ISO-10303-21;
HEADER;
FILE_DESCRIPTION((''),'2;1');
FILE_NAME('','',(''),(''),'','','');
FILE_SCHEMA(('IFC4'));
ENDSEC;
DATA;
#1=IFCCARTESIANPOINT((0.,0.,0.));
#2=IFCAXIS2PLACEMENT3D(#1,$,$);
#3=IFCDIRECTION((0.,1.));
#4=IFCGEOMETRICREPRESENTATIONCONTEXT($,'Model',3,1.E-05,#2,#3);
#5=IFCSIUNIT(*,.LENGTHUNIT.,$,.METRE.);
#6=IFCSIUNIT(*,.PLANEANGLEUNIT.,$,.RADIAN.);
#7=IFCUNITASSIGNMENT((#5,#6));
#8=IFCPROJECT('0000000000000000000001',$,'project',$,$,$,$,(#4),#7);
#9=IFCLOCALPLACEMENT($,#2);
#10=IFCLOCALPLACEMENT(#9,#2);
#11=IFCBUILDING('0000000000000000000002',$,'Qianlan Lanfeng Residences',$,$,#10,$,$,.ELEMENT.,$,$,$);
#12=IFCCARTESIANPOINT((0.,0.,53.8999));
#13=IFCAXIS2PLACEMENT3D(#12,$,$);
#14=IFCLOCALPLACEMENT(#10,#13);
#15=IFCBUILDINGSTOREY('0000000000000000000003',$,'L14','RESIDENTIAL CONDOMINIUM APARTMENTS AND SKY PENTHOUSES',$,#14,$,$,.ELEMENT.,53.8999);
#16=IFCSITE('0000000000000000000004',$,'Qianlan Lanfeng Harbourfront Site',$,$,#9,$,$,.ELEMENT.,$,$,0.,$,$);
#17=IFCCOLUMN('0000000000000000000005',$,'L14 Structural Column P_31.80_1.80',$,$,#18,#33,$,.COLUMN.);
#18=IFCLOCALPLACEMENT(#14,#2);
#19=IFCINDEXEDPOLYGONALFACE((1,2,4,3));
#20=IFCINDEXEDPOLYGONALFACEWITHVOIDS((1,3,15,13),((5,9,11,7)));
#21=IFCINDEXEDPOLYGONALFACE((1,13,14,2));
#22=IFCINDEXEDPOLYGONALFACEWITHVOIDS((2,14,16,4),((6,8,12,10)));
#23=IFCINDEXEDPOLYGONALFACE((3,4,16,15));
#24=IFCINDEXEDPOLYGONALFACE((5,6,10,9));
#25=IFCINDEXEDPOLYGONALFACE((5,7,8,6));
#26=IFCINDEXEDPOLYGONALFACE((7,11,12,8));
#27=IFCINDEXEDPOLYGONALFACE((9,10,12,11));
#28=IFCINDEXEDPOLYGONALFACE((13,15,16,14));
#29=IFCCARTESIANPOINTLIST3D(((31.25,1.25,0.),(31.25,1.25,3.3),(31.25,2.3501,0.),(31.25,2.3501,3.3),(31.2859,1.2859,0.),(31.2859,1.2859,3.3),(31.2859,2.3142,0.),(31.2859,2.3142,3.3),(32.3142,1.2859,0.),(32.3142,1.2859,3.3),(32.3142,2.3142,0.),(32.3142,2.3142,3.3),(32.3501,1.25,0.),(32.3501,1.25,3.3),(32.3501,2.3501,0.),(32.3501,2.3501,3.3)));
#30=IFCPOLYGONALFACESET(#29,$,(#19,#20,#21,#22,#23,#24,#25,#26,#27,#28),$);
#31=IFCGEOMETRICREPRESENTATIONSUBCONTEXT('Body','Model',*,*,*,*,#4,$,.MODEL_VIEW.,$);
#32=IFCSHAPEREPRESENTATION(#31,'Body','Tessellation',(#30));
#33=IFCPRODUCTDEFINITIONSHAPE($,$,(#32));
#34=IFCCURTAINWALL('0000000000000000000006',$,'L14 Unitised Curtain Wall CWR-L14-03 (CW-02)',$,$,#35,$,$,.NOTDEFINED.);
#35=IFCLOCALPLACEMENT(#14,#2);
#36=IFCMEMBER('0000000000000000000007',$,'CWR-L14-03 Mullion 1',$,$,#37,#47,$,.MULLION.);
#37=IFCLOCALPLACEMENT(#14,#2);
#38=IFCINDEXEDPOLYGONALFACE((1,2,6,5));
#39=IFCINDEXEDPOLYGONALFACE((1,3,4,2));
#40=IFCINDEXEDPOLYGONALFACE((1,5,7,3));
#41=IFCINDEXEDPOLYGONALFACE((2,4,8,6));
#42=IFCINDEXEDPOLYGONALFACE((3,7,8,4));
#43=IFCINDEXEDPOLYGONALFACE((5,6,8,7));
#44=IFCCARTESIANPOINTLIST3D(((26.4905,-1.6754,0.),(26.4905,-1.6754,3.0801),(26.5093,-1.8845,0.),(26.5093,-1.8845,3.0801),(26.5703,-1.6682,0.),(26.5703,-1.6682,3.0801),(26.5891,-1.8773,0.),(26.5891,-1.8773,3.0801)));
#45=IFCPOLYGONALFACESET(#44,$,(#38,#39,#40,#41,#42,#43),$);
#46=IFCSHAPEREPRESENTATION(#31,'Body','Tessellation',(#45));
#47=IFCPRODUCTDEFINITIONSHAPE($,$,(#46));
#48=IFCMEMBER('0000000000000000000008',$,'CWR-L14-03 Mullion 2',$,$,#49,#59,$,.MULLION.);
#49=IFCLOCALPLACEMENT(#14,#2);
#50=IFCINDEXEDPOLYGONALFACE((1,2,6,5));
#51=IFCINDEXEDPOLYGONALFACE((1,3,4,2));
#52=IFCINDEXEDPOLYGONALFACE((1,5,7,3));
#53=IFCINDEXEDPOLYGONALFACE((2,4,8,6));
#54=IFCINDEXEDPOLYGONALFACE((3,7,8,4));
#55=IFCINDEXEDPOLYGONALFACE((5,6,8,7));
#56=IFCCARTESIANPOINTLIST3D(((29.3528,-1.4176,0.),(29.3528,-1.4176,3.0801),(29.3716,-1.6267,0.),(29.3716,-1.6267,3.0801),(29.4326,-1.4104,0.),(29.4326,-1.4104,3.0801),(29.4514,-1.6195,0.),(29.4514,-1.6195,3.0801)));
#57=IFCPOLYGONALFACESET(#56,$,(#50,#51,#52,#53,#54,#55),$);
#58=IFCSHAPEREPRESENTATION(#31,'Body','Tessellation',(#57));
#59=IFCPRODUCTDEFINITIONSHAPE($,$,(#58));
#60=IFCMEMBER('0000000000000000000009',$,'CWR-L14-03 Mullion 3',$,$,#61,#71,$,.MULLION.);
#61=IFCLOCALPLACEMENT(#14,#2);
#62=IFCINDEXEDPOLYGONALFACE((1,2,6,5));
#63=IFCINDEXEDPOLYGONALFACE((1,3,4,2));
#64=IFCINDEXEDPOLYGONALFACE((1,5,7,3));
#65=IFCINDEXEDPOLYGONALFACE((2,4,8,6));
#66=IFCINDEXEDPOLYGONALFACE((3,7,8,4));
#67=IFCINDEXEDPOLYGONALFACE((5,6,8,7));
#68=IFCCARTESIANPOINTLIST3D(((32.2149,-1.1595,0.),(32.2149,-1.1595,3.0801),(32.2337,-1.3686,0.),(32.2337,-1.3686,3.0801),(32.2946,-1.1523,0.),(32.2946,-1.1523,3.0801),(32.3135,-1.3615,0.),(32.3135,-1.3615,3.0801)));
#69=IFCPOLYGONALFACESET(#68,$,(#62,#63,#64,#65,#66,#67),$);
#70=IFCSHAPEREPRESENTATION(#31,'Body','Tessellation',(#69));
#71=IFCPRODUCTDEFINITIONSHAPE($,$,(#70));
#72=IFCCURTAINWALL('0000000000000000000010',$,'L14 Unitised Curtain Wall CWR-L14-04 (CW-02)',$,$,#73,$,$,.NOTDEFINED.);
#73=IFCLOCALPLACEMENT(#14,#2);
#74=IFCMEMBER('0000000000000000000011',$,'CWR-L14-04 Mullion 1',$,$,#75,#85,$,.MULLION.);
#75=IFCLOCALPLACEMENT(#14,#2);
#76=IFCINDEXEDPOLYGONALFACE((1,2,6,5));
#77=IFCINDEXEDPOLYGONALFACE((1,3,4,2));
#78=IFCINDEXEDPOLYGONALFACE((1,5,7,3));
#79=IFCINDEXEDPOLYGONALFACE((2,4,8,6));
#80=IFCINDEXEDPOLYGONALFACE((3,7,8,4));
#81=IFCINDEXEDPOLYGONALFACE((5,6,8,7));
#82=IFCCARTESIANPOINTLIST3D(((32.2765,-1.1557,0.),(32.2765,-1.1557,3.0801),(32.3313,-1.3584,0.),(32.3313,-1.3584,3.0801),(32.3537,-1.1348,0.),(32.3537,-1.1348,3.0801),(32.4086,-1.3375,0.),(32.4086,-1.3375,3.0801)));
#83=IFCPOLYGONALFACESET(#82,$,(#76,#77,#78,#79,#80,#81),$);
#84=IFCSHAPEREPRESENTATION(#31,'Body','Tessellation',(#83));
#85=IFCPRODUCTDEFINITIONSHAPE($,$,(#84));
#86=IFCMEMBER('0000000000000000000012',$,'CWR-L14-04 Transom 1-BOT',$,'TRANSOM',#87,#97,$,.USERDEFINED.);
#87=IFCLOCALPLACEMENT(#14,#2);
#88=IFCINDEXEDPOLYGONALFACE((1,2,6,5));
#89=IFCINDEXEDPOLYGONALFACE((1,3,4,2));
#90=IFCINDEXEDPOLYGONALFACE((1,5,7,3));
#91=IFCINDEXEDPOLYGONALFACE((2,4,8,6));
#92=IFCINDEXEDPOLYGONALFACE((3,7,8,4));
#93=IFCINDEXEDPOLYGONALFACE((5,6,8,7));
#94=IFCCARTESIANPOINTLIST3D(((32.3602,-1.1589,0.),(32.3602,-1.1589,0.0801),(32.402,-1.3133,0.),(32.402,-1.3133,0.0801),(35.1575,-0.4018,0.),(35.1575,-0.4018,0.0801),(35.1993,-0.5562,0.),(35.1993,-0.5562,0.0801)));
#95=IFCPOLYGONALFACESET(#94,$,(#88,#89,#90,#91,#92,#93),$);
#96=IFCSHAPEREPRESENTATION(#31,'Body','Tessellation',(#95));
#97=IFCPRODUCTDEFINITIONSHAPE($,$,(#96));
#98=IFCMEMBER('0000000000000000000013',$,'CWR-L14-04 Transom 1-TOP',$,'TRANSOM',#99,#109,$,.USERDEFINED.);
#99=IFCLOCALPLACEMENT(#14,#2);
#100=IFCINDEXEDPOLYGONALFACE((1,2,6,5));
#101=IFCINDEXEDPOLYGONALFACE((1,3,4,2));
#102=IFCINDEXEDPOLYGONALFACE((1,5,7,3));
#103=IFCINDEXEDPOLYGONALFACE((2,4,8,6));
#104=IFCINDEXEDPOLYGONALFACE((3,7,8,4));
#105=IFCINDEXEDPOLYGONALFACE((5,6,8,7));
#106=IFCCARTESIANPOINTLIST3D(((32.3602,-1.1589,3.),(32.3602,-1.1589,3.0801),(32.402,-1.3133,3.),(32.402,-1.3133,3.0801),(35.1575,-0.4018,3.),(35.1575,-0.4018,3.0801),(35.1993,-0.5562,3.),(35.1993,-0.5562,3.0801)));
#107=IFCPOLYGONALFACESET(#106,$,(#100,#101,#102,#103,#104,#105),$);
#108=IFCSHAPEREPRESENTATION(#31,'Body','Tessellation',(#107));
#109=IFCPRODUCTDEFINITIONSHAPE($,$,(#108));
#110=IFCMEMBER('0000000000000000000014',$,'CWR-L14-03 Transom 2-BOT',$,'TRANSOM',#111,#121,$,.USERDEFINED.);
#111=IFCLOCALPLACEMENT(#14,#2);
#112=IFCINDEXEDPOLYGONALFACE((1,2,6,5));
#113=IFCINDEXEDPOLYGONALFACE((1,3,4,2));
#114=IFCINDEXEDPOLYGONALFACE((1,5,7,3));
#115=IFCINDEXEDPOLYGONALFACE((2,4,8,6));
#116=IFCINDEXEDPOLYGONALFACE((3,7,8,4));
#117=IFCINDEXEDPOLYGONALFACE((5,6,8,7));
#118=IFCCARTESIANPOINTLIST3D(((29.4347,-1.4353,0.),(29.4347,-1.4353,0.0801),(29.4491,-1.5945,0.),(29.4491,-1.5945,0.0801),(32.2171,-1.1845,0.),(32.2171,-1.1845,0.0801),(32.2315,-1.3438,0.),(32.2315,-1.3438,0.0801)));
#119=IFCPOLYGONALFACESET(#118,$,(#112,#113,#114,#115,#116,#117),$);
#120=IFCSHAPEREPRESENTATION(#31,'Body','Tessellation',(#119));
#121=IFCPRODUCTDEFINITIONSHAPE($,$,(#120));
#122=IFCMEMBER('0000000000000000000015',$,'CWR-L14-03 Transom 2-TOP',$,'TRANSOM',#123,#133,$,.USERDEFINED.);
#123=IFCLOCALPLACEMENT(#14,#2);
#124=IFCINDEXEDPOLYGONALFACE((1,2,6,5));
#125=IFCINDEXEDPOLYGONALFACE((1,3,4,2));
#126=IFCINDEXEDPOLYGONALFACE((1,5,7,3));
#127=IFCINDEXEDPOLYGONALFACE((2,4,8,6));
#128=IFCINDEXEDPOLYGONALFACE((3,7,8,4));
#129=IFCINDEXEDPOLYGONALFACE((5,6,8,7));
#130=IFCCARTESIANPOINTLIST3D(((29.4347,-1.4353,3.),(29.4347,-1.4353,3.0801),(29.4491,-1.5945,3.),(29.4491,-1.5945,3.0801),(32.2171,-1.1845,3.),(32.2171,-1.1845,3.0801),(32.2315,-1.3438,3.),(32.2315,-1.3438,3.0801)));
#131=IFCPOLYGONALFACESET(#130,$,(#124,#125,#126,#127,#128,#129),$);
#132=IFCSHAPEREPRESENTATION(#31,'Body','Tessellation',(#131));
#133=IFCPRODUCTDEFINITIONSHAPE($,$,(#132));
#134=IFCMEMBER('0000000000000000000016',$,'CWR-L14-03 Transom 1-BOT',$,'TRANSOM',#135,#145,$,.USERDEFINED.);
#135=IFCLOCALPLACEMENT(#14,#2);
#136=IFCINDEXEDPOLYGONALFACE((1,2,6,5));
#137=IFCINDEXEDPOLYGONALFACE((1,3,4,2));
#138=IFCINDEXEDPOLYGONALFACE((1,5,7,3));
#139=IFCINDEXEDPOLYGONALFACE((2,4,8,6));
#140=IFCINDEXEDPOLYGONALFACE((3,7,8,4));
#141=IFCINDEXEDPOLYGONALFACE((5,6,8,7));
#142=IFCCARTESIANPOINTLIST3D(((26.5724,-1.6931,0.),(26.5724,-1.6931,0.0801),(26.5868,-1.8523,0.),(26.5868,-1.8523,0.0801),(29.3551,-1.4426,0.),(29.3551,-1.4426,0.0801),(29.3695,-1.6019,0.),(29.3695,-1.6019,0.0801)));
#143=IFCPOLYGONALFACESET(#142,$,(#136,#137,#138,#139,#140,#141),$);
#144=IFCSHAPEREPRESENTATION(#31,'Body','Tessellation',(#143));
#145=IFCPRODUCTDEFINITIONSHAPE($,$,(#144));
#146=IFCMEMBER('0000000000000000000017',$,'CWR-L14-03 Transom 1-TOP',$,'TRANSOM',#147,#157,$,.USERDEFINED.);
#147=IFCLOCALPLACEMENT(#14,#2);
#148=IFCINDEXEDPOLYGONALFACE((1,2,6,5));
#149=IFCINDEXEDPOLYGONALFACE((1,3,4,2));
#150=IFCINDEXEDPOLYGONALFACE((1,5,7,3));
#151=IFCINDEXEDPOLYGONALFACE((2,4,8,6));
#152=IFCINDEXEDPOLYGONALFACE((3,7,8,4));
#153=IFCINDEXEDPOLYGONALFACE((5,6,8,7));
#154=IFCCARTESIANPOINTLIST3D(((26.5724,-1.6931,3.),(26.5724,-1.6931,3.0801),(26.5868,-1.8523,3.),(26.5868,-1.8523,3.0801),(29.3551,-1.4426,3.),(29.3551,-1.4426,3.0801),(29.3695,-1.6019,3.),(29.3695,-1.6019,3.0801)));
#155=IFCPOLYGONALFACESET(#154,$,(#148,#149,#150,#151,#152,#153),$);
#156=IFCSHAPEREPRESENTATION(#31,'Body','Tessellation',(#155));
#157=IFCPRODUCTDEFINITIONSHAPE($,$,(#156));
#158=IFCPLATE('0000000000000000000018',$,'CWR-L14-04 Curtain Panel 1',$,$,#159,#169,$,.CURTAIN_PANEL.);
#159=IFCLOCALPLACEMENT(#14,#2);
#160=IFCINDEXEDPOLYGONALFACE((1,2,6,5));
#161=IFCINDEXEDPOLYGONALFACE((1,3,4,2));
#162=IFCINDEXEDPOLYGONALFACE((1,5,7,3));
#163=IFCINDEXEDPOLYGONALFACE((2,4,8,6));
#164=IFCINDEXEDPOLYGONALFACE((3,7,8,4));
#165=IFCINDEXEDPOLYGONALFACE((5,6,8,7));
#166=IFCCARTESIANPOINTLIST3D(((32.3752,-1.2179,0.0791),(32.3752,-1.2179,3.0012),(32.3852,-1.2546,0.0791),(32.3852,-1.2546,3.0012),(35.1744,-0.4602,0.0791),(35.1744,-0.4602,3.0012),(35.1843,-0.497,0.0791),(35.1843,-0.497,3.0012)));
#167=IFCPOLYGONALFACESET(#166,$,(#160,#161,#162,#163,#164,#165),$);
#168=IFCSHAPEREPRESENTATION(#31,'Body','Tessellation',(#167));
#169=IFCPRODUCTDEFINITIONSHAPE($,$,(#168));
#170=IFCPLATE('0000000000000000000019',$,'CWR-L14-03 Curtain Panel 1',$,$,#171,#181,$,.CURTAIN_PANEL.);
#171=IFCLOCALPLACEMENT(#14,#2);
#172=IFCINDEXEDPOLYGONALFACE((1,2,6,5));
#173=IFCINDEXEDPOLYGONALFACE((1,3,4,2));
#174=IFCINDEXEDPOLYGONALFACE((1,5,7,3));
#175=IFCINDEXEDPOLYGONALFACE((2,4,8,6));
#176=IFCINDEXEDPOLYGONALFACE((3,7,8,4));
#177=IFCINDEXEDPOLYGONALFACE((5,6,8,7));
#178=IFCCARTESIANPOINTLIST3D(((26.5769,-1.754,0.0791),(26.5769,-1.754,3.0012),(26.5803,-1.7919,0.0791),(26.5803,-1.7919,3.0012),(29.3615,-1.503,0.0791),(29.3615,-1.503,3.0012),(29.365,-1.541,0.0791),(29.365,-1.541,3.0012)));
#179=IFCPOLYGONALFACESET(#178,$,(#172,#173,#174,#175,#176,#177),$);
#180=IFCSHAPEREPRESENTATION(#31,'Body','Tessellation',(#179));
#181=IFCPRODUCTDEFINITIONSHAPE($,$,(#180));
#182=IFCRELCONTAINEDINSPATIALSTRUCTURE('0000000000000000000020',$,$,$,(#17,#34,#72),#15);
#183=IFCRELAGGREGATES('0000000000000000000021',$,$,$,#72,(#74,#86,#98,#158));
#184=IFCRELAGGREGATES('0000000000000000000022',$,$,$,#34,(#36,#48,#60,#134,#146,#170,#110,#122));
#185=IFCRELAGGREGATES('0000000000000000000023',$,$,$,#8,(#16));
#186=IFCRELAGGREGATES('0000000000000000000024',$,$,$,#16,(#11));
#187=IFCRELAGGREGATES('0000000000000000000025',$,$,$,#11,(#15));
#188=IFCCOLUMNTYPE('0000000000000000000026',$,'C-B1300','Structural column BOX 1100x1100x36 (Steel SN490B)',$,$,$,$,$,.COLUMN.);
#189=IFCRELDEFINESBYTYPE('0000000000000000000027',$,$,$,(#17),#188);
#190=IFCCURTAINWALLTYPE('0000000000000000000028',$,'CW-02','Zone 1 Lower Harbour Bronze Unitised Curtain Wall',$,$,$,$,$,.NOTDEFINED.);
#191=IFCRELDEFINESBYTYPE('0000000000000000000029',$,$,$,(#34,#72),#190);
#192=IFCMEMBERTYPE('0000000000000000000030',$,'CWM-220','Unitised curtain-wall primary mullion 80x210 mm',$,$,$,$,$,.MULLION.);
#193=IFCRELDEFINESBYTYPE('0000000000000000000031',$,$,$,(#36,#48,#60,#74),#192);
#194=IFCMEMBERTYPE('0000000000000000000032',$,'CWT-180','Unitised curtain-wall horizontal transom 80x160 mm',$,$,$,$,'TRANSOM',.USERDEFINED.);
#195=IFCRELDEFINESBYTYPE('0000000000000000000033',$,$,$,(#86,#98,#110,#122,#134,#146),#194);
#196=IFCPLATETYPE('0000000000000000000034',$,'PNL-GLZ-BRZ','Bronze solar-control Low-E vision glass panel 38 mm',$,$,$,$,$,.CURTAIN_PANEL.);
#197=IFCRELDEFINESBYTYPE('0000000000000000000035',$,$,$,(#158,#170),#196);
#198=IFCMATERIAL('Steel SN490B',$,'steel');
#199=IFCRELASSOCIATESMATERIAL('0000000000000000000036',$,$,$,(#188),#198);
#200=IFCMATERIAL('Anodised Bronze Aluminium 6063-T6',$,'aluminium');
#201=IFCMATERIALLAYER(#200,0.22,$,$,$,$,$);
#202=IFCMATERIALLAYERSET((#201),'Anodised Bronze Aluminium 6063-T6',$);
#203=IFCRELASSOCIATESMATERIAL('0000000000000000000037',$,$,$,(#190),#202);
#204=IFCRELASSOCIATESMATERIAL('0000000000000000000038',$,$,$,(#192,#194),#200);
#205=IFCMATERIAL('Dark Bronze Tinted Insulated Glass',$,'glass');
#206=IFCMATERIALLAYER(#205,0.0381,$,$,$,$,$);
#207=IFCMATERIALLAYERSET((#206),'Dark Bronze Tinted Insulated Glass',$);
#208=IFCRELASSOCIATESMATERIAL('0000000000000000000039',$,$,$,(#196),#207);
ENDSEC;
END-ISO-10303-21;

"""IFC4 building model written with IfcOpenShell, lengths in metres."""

from ifc_helpers import new_model, si_unit, direction, frame, origin, origin_2d, place, context, subcontext, project, spatial, rectangle, hollow_rectangle, extrude, source, transform, mapped, material, layer, layer_set, material_profile, profile_set, type_object, element, aggregate, save


model = new_model("IFC4")

# Units and contexts
model_context = context("Model", 3, precision=1e-05, world=origin(), true_north=direction((0.0, 1.0)))
body_context = subcontext(model_context, "Body", "Model", "MODEL_VIEW")
ifc_project = project(units=[si_unit("LENGTHUNIT", "METRE"), si_unit("PLANEANGLEUNIT", "RADIAN")], contexts=[model_context])

# Site, building, storey
site_placement = place(None, origin())
site = spatial("IfcSite", under=ifc_project, at=site_placement, Name="Qianlan Lanfeng Harbourfront Site", CompositionType="ELEMENT", RefElevation=0.0)
building_placement = place(site_placement, origin())
building = spatial("IfcBuilding", under=site, at=building_placement, Name="Qianlan Lanfeng Residences", CompositionType="ELEMENT")
storey_placement = place(building_placement, frame((0.0, 0.0, 53.8999)))
storey = spatial("IfcBuildingStorey", under=building, at=storey_placement, Name="L14", Description="RESIDENTIAL CONDOMINIUM APARTMENTS AND SKY PENTHOUSES", CompositionType="ELEMENT", Elevation=53.8999)

# Column
ifc_material_1 = material(Name="Steel SN490B", Category="steel")
ifc_material_profile_1 = material_profile(ifc_material_1, hollow_rectangle(XDim=1.1001, YDim=1.1001, WallThickness=0.0359, at=origin_2d()), Name="BOX 1100x1100x36")
ifc_profile_set_1 = profile_set([ifc_material_profile_1], Name="Steel SN490B")
column_type = type_object("IfcColumnType", Name="C-B1300", Description="Structural column BOX 1100x1100x36 (Steel SN490B)", PredefinedType="COLUMN", material=ifc_profile_set_1)
column_placement = place(storey_placement, frame((31.8, 1.8, 0.0), z_axis=(0.0, 0.0, 1.0), x_axis=(1.0, 0.0, 0.0)))
element("IfcColumn", 1, at=column_placement, inside=storey, type_object=column_type, Name="L14 Structural Column P_31.80_1.80", PredefinedType="COLUMN", context=body_context, shape_type="SweptSolid", body=[
    extrude(hollow_rectangle(XDim=1.1001, YDim=1.1001, WallThickness=0.0359, at=origin_2d()), origin(), (0.0, 0.0, 1.0), 3.3),
])

# Curtain walls, members
ifc_material_2 = material(Name="Anodised Bronze Aluminium 6063-T6", Category="aluminium")
ifc_layer_1 = layer(ifc_material_2, 0.22)
ifc_layer_set_1 = layer_set([ifc_layer_1], Name="Anodised Bronze Aluminium 6063-T6")
curtain_wall_type = type_object("IfcCurtainWallType", Name="CW-02", Description="Zone 1 Lower Harbour Bronze Unitised Curtain Wall", PredefinedType="NOTDEFINED", material=ifc_layer_set_1)
curtain_wall_1_placement = place(storey_placement, origin())
curtain_wall_1 = element("IfcCurtainWall", 2, at=curtain_wall_1_placement, inside=storey, type_object=curtain_wall_type, Name="L14 Unitised Curtain Wall CWR-L14-03 (CW-02)", PredefinedType="NOTDEFINED")
ifc_material_profile_2 = material_profile(ifc_material_2, rectangle(XDim=0.0801, YDim=0.21, at=origin_2d()), Name="ALU MULLION 80x210")
ifc_profile_set_2 = profile_set([ifc_material_profile_2], Name="Anodised Bronze Aluminium 6063-T6")
member_type_1 = type_object("IfcMemberType", Name="CWM-220", Description="Unitised curtain-wall primary mullion 80x210 mm", PredefinedType="MULLION", material=ifc_profile_set_2)
shared_shape_1 = source(origin(), body_context, "Body", "SweptSolid", [
    extrude(rectangle(XDim=0.0801, YDim=0.21, at=origin_2d()), origin(), (0.0, 0.0, 1.0), 3.0801),
])
member_1_placement = place(storey_placement, frame((26.5398, -1.7764, 0.0), z_axis=(0.0, 0.0, 1.0), x_axis=(0.995965, 0.089746, 0.0)))
member_1 = element("IfcMember", 3, at=member_1_placement, type_object=member_type_1, Name="CWR-L14-03 Mullion 1", PredefinedType="MULLION", context=body_context, shape_type="MappedRepresentation", body=[
    mapped(shared_shape_1, transform((0.0, 0.0, 0.0), scale=1.0)),
])
member_2_placement = place(storey_placement, frame((29.4021, -1.5186, 0.0), z_axis=(0.0, 0.0, 1.0), x_axis=(0.995965, 0.089746, 0.0)))
member_2 = element("IfcMember", 4, at=member_2_placement, type_object=member_type_1, Name="CWR-L14-03 Mullion 2", PredefinedType="MULLION", context=body_context, shape_type="MappedRepresentation", body=[
    mapped(shared_shape_1, transform((0.0, 0.0, 0.0), scale=1.0)),
])
member_3_placement = place(storey_placement, frame((32.2642, -1.2605, 0.0), z_axis=(0.0, 0.0, 1.0), x_axis=(0.995965, 0.089746, 0.0)))
member_3 = element("IfcMember", 5, at=member_3_placement, type_object=member_type_1, Name="CWR-L14-03 Mullion 3", PredefinedType="MULLION", context=body_context, shape_type="MappedRepresentation", body=[
    mapped(shared_shape_1, transform((0.0, 0.0, 0.0), scale=1.0)),
])
curtain_wall_2_placement = place(storey_placement, origin())
curtain_wall_2 = element("IfcCurtainWall", 6, at=curtain_wall_2_placement, inside=storey, type_object=curtain_wall_type, Name="L14 Unitised Curtain Wall CWR-L14-04 (CW-02)", PredefinedType="NOTDEFINED")
member_4_placement = place(storey_placement, frame((32.3425, -1.2466, 0.0), z_axis=(0.0, 0.0, 1.0), x_axis=(0.965263, 0.261281, 0.0)))
member_4 = element("IfcMember", 7, at=member_4_placement, type_object=member_type_1, Name="CWR-L14-04 Mullion 1", PredefinedType="MULLION", context=body_context, shape_type="MappedRepresentation", body=[
    mapped(shared_shape_1, transform((0.0, 0.0, 0.0), scale=1.0)),
])
ifc_material_profile_3 = material_profile(ifc_material_2, rectangle(XDim=0.0801, YDim=0.1599, at=origin_2d()), Name="ALU TRANSOM 80x160")
ifc_profile_set_3 = profile_set([ifc_material_profile_3], Name="Anodised Bronze Aluminium 6063-T6")
member_type_2 = type_object("IfcMemberType", Name="CWT-180", Description="Unitised curtain-wall horizontal transom 80x160 mm", ElementType="TRANSOM", PredefinedType="USERDEFINED", material=ifc_profile_set_3)
shared_shape_2 = source(origin(), body_context, "Body", "SweptSolid", [
    extrude(rectangle(XDim=0.0801, YDim=0.1599, at=origin_2d()), origin(), (0.0, 0.0, 1.0), 2.8979),
])
member_5_placement = place(storey_placement, frame((32.3811, -1.2361, 0.04), z_axis=(0.965273, 0.261242, 0.0), x_axis=(0.0, 0.0, 1.0)))
member_5 = element("IfcMember", 8, at=member_5_placement, type_object=member_type_2, Name="CWR-L14-04 Transom 1-BOT", ObjectType="TRANSOM", PredefinedType="USERDEFINED", context=body_context, shape_type="MappedRepresentation", body=[
    mapped(shared_shape_2, transform((0.0, 0.0, 0.0), scale=1.0)),
])
member_6_placement = place(storey_placement, frame((32.3811, -1.2361, 3.04), z_axis=(0.965273, 0.261242, 0.0), x_axis=(0.0, 0.0, 1.0)))
member_6 = element("IfcMember", 9, at=member_6_placement, type_object=member_type_2, Name="CWR-L14-04 Transom 1-TOP", ObjectType="TRANSOM", PredefinedType="USERDEFINED", context=body_context, shape_type="MappedRepresentation", body=[
    mapped(shared_shape_2, transform((0.0, 0.0, 0.0), scale=1.0)),
])

# Members
shared_shape_3 = source(origin(), body_context, "Body", "SweptSolid", [
    extrude(rectangle(XDim=0.0801, YDim=0.1599, at=origin_2d()), origin(), (0.0, 0.0, 1.0), 2.7937),
])
member_7_placement = place(storey_placement, frame((29.4419, -1.5149, 0.04), z_axis=(0.995965, 0.089748, 0.0), x_axis=(0.0, 0.0, 1.0)))
member_7 = element("IfcMember", 10, at=member_7_placement, type_object=member_type_2, Name="CWR-L14-03 Transom 2-BOT", ObjectType="TRANSOM", PredefinedType="USERDEFINED", context=body_context, shape_type="MappedRepresentation", body=[
    mapped(shared_shape_3, transform((0.0, 0.0, 0.0), scale=1.0)),
])
member_8_placement = place(storey_placement, frame((29.4419, -1.5149, 3.04), z_axis=(0.995965, 0.089748, 0.0), x_axis=(0.0, 0.0, 1.0)))
member_8 = element("IfcMember", 11, at=member_8_placement, type_object=member_type_2, Name="CWR-L14-03 Transom 2-TOP", ObjectType="TRANSOM", PredefinedType="USERDEFINED", context=body_context, shape_type="MappedRepresentation", body=[
    mapped(shared_shape_3, transform((0.0, 0.0, 0.0), scale=1.0)),
])
shared_shape_4 = source(origin(), body_context, "Body", "SweptSolid", [
    extrude(rectangle(XDim=0.0801, YDim=0.1599, at=origin_2d()), origin(), (0.0, 0.0, 1.0), 2.7939),
])
member_9_placement = place(storey_placement, frame((26.5796, -1.7727, 0.04), z_axis=(0.995973, 0.089653, 0.0), x_axis=(0.0, 0.0, 1.0)))
member_9 = element("IfcMember", 12, at=member_9_placement, type_object=member_type_2, Name="CWR-L14-03 Transom 1-BOT", ObjectType="TRANSOM", PredefinedType="USERDEFINED", context=body_context, shape_type="MappedRepresentation", body=[
    mapped(shared_shape_4, transform((0.0, 0.0, 0.0), scale=1.0)),
])
member_10_placement = place(storey_placement, frame((26.5796, -1.7727, 3.04), z_axis=(0.995973, 0.089653, 0.0), x_axis=(0.0, 0.0, 1.0)))
member_10 = element("IfcMember", 13, at=member_10_placement, type_object=member_type_2, Name="CWR-L14-03 Transom 1-TOP", ObjectType="TRANSOM", PredefinedType="USERDEFINED", context=body_context, shape_type="MappedRepresentation", body=[
    mapped(shared_shape_4, transform((0.0, 0.0, 0.0), scale=1.0)),
])

# Plates
ifc_material_3 = material(Name="Dark Bronze Tinted Insulated Glass", Category="glass")
ifc_layer_2 = layer(ifc_material_3, 0.0381)
ifc_layer_set_2 = layer_set([ifc_layer_2], Name="Dark Bronze Tinted Insulated Glass")
plate_type = type_object("IfcPlateType", Name="PNL-GLZ-BRZ", Description="Bronze solar-control Low-E vision glass panel 38 mm", PredefinedType="CURTAIN_PANEL", material=ifc_layer_set_2)
shared_shape_5 = source(origin(), body_context, "Body", "SweptSolid", [
    extrude(rectangle(XDim=2.8999, YDim=0.0381, at=origin_2d()), origin(), (0.0, 0.0, 1.0), 2.9221),
])
plate_1_placement = place(storey_placement, frame((33.7798, -0.8574, 0.0791), z_axis=(0.0, 0.0, 1.0), x_axis=(0.965263, 0.261281, 0.0)))
plate_1 = element("IfcPlate", 14, at=plate_1_placement, type_object=plate_type, Name="CWR-L14-04 Curtain Panel 1", PredefinedType="CURTAIN_PANEL", context=body_context, shape_type="MappedRepresentation", body=[
    mapped(shared_shape_5, transform((0.0, 0.0, 0.0), scale=1.0)),
])
aggregate(curtain_wall_2, [member_4, member_5, member_6, plate_1])
shared_shape_6 = source(origin(), body_context, "Body", "SweptSolid", [
    extrude(rectangle(XDim=2.7959, YDim=0.0381, at=origin_2d()), origin(), (0.0, 0.0, 1.0), 2.9221),
])
plate_2_placement = place(storey_placement, frame((27.9709, -1.6475, 0.0791), z_axis=(0.0, 0.0, 1.0), x_axis=(0.995965, 0.089746, 0.0)))
plate_2 = element("IfcPlate", 15, at=plate_2_placement, type_object=plate_type, Name="CWR-L14-03 Curtain Panel 1", PredefinedType="CURTAIN_PANEL", context=body_context, shape_type="MappedRepresentation", body=[
    mapped(shared_shape_6, transform((0.0, 0.0, 0.0), scale=1.0)),
])
aggregate(curtain_wall_1, [member_1, member_2, member_3, member_9, member_10, plate_2, member_7, member_8])

save(model, "model.ifc")
